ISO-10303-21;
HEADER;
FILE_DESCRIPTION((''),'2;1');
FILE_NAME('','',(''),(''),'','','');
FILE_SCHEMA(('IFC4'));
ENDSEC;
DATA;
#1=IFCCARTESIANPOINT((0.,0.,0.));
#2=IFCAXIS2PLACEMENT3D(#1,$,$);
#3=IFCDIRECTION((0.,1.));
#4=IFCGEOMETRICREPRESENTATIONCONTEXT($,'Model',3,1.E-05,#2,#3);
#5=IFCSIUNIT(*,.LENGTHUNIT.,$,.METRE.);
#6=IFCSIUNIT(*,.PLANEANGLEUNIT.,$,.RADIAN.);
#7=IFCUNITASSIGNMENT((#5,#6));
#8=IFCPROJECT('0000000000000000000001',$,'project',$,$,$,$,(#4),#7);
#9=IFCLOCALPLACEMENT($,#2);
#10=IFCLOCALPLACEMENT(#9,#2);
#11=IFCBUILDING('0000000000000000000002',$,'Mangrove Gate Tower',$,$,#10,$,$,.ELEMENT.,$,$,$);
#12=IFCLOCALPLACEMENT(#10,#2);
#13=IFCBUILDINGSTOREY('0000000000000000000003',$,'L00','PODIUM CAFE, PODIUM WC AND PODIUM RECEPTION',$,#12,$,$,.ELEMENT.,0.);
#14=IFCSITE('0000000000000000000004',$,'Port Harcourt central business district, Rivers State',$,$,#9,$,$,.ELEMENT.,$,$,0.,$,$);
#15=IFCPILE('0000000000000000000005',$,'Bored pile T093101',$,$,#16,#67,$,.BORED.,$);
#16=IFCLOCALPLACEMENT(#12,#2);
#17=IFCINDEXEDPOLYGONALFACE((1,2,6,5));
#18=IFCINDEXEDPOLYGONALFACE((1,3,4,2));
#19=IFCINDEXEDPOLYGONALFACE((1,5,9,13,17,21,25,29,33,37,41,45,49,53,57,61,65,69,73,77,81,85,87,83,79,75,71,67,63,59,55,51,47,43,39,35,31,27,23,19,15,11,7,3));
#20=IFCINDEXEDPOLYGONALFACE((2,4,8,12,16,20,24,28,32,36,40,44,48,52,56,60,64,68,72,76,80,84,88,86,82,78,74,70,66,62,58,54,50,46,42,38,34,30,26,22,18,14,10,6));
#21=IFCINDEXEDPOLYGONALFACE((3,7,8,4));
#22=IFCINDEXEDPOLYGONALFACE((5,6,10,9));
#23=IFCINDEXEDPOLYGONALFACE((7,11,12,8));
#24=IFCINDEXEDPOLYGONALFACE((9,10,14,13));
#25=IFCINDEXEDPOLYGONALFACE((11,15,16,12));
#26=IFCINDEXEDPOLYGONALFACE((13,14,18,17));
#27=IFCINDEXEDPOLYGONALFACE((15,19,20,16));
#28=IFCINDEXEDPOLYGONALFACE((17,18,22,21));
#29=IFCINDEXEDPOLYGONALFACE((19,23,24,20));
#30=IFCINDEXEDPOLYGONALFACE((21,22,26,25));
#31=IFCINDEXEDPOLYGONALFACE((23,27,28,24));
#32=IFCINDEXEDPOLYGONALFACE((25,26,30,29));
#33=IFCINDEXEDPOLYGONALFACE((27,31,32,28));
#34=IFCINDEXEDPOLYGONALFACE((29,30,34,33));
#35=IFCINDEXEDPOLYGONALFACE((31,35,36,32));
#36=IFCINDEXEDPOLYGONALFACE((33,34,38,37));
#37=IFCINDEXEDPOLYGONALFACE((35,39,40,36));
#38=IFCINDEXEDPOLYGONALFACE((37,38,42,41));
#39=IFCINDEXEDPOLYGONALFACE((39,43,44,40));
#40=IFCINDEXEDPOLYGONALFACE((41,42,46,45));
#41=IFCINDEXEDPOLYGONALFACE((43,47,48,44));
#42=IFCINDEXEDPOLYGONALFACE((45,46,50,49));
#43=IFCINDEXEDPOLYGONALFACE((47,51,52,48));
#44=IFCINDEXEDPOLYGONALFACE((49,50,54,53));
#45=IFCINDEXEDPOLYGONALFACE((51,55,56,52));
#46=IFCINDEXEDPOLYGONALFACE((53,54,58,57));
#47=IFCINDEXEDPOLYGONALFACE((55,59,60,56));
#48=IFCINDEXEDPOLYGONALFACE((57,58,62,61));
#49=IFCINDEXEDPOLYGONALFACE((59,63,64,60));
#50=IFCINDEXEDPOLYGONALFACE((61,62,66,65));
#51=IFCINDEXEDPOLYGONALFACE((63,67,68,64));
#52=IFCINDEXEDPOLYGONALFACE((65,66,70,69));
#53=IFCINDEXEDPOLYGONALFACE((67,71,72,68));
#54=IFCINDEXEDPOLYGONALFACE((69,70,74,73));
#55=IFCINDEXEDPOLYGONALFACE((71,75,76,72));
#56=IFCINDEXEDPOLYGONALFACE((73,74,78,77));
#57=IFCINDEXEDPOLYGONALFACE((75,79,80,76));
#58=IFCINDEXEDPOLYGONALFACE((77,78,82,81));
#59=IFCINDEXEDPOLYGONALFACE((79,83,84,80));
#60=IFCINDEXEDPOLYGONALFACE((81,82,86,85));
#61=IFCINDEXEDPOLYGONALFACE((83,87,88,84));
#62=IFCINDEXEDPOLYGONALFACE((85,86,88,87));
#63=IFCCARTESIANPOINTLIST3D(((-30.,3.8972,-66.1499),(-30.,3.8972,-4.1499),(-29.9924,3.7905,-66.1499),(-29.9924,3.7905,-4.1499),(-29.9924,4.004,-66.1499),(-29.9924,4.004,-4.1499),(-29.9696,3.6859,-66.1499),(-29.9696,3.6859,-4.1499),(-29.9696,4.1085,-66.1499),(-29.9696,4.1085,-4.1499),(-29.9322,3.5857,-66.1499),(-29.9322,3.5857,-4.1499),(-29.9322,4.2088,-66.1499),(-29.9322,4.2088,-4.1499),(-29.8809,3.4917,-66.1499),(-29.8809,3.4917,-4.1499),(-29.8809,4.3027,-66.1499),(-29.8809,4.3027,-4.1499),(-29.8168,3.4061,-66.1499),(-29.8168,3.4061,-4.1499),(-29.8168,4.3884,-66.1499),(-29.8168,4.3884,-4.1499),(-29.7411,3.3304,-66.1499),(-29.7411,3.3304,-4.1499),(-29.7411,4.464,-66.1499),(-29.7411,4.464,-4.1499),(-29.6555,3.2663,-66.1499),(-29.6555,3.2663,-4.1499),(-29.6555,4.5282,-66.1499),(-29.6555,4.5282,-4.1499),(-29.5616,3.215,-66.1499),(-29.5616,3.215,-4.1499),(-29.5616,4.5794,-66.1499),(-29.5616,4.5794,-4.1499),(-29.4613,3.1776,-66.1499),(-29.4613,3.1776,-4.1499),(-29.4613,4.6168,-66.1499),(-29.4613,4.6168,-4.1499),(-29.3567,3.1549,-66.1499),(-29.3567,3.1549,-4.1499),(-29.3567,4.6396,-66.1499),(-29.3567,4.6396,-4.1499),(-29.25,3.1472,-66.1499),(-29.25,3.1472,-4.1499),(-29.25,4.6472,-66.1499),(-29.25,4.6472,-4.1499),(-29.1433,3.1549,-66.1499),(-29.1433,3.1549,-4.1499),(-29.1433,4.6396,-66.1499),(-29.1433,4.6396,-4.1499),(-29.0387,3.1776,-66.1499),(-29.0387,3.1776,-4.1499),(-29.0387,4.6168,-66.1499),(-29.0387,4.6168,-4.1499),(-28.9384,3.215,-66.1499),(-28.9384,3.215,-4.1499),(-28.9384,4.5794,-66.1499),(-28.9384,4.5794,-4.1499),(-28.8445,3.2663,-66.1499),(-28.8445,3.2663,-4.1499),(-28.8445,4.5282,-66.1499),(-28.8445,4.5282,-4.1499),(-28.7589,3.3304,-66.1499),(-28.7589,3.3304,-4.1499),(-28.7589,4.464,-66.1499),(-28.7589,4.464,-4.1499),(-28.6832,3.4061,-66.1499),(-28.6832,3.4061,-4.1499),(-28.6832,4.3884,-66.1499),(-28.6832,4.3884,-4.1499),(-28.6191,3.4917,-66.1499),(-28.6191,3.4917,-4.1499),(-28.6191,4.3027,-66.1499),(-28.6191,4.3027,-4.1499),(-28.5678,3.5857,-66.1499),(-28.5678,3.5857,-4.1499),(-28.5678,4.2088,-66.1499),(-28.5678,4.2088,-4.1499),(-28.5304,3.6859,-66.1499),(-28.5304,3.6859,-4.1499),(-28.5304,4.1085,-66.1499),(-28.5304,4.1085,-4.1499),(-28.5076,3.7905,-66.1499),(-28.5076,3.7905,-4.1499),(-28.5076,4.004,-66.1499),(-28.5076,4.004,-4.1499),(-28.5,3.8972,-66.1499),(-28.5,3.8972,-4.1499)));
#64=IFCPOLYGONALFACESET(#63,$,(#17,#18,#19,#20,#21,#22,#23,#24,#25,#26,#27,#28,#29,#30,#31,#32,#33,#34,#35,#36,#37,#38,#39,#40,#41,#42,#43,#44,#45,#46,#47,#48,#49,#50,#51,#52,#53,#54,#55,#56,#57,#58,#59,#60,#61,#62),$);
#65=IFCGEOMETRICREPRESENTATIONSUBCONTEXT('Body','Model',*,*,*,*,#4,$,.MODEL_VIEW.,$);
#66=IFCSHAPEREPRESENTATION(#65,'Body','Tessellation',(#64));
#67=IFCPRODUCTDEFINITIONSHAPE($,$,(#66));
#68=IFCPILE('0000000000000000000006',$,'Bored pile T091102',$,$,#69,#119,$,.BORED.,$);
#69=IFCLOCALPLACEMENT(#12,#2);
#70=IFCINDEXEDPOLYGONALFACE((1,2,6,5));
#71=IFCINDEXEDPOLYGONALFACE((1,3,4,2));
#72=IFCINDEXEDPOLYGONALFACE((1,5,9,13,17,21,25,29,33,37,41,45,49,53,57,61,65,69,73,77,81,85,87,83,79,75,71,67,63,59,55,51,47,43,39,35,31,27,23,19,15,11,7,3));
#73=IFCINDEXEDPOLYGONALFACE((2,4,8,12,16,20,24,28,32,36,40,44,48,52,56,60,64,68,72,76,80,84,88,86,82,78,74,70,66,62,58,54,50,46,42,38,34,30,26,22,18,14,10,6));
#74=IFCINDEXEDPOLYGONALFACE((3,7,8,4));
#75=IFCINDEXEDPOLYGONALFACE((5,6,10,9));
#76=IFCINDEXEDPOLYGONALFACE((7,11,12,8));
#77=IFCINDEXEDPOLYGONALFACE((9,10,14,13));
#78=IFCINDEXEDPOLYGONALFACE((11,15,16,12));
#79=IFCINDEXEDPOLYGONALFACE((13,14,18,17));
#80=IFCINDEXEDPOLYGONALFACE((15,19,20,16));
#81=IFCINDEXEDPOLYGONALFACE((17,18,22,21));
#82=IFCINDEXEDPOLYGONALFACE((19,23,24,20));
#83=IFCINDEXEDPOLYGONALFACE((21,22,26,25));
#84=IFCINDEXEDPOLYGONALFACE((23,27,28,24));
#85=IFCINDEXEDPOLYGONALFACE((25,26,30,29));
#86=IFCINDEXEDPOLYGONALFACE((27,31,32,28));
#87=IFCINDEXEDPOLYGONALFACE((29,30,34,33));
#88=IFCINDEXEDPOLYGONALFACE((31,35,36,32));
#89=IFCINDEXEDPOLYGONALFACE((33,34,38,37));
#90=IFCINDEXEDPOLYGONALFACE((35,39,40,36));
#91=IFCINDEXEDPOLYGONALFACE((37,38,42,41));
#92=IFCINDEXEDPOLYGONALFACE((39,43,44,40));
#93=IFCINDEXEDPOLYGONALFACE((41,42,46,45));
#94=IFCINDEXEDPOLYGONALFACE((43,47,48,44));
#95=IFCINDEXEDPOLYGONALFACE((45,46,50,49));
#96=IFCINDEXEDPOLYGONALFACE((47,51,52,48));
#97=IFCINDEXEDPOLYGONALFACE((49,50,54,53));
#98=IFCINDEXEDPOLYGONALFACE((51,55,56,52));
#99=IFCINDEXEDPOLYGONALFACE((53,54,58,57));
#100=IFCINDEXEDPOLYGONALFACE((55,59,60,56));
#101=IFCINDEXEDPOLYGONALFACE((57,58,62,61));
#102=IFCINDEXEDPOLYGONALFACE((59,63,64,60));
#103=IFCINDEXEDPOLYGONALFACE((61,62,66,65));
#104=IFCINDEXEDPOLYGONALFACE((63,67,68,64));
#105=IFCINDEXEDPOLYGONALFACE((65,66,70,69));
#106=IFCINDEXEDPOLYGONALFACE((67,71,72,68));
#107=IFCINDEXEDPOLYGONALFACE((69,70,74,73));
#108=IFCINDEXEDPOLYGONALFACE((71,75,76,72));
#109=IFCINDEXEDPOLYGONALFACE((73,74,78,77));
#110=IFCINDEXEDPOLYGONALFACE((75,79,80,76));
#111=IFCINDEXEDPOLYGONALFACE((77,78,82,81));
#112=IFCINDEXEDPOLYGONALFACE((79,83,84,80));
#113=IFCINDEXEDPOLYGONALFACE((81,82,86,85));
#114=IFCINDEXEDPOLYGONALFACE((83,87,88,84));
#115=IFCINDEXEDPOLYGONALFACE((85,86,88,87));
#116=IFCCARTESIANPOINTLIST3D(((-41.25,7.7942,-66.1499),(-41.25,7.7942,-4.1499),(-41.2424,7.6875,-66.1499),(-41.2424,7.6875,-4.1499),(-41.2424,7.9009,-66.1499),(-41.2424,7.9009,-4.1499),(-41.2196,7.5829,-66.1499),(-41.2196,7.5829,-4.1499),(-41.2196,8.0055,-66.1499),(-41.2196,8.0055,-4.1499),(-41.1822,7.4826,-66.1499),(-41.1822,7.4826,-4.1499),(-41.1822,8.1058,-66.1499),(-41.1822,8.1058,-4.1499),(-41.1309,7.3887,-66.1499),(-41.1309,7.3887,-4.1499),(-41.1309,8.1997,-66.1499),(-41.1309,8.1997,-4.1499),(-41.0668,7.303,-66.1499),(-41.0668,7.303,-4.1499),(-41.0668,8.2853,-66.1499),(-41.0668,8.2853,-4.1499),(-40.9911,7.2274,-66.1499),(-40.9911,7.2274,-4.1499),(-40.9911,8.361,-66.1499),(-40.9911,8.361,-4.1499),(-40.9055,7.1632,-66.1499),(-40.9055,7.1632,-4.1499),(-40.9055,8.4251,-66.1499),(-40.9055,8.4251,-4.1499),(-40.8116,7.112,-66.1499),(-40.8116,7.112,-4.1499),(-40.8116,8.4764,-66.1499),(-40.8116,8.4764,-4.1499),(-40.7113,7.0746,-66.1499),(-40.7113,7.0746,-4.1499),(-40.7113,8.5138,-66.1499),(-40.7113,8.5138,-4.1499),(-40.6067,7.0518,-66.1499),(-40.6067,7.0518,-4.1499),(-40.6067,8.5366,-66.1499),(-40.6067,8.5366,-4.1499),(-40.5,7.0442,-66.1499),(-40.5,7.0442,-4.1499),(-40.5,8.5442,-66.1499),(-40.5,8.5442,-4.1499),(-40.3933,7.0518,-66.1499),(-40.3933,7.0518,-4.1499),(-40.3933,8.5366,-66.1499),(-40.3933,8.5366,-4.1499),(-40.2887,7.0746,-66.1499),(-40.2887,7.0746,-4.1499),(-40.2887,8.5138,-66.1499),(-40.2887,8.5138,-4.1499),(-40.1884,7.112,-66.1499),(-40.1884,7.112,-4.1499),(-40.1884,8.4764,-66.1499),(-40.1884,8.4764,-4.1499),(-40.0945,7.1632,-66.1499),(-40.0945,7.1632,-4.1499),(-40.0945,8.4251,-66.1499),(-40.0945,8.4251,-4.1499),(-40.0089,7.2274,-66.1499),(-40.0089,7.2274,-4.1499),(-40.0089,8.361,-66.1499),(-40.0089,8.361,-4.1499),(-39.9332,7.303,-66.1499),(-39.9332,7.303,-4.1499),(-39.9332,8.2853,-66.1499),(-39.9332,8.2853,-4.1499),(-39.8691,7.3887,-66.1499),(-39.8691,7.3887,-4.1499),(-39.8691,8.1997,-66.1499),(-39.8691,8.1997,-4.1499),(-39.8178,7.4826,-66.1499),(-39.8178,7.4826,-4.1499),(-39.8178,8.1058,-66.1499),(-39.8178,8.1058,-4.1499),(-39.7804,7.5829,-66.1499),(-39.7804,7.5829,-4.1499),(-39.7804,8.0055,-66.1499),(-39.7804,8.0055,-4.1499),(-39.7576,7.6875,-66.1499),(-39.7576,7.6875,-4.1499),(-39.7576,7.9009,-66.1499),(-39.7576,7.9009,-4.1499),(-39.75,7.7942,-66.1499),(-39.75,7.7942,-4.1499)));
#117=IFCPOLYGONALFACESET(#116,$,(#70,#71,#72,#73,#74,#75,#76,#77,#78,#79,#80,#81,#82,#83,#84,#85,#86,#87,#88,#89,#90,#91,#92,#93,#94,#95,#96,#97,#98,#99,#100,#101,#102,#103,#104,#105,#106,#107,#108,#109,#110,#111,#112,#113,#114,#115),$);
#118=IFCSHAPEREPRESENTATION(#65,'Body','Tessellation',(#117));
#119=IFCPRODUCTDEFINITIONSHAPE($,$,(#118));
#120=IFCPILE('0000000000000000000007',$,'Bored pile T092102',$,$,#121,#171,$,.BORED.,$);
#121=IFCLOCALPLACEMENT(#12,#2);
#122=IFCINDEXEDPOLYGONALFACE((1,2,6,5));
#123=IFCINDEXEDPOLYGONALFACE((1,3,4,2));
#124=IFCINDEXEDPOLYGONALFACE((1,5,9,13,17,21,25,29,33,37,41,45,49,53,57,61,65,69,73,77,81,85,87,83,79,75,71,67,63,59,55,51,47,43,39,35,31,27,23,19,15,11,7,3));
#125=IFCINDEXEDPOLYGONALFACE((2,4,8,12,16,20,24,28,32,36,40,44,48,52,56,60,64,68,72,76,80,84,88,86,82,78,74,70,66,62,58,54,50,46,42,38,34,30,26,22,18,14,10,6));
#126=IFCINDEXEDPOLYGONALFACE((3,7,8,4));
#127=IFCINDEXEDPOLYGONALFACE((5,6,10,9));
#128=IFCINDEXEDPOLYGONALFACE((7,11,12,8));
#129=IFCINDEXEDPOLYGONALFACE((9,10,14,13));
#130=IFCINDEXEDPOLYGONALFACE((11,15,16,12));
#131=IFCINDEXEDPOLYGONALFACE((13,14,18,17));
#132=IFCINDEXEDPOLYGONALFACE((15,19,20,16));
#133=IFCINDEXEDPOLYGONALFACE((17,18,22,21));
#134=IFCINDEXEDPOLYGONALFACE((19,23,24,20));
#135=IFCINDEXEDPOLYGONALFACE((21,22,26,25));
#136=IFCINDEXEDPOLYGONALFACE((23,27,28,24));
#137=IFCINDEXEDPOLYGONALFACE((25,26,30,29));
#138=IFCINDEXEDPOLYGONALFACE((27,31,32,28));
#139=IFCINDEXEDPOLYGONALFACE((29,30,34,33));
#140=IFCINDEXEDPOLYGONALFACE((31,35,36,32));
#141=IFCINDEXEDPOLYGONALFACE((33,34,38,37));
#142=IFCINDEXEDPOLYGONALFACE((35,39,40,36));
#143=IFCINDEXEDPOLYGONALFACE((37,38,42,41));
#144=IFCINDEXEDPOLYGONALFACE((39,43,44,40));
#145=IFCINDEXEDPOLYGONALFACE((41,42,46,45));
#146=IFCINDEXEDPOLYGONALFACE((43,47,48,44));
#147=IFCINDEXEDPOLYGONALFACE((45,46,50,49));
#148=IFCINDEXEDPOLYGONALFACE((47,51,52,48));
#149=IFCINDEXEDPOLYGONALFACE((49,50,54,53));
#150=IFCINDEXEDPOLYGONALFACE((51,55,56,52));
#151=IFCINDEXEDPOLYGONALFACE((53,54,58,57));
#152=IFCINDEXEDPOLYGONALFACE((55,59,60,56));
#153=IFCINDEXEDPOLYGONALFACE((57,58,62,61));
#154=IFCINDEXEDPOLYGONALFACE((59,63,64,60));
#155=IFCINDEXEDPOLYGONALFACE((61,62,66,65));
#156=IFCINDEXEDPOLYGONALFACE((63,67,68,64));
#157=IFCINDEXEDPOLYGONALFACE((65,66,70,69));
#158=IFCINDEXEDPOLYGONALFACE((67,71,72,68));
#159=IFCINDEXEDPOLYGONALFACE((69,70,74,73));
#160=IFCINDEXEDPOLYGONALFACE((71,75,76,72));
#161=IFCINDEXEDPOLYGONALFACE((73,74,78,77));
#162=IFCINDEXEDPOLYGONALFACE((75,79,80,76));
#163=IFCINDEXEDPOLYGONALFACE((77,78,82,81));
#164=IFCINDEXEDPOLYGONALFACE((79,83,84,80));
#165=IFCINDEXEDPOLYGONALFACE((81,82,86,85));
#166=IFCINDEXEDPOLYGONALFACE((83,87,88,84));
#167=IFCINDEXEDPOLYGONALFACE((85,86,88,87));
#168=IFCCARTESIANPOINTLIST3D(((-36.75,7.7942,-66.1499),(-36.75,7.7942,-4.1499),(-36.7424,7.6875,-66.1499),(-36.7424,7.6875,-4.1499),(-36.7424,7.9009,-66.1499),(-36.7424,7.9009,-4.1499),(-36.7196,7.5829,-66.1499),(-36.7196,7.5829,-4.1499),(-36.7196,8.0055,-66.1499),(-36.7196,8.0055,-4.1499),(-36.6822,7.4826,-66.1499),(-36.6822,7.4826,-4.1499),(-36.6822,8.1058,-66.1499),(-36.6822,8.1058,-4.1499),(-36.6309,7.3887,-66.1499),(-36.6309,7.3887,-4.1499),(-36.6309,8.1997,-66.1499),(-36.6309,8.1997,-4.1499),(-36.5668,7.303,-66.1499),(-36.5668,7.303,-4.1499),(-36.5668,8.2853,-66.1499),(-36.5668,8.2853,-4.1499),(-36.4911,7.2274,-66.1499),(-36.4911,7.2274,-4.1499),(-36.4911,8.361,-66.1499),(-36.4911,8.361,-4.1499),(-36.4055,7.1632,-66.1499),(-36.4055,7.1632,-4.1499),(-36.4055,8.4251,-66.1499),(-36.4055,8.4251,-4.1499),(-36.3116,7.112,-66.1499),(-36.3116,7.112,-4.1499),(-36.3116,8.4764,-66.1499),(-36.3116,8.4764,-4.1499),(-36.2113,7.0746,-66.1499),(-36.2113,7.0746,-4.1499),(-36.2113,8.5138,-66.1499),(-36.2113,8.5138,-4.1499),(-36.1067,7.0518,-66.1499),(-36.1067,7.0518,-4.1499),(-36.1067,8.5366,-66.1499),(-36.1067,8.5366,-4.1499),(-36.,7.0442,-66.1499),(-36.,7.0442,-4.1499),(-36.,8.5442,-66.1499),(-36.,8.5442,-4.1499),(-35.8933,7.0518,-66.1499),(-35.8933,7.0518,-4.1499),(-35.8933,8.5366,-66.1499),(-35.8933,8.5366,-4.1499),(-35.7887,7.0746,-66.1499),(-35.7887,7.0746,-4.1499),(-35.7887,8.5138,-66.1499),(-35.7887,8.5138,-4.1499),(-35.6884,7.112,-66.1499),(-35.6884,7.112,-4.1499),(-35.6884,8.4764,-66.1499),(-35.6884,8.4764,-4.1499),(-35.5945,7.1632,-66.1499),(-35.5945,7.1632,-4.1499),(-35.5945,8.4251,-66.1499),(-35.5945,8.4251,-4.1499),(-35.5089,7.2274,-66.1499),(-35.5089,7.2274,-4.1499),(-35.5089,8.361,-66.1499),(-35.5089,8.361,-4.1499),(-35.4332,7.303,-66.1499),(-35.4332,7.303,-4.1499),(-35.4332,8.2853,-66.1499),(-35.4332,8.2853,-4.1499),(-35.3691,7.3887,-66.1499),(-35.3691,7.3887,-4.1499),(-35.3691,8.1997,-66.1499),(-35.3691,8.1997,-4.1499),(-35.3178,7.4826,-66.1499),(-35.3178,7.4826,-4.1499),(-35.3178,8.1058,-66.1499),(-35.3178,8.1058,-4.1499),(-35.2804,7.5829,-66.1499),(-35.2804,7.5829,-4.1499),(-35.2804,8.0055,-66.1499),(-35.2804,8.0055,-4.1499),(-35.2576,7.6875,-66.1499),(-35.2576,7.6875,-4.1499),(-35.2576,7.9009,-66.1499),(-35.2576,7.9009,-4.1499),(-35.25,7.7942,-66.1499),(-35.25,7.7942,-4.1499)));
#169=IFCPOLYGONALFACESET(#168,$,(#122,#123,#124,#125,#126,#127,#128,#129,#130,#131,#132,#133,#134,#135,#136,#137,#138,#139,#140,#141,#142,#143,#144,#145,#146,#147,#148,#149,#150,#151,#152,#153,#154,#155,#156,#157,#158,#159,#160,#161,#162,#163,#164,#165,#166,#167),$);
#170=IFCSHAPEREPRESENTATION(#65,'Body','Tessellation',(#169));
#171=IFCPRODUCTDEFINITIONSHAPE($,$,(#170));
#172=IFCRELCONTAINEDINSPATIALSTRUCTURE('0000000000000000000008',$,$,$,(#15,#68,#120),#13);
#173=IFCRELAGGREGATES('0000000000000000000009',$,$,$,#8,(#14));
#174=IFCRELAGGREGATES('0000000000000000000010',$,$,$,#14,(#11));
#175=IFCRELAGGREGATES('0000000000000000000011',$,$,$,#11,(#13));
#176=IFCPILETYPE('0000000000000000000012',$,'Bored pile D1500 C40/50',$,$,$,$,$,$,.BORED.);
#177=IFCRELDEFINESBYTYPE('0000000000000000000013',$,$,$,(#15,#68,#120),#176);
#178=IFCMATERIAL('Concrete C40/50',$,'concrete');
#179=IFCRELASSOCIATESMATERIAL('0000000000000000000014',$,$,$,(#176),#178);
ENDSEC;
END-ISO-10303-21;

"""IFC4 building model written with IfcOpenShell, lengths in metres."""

from ifc_helpers import new_model, si_unit, direction, frame, origin, origin_2d, place, context, subcontext, project, spatial, circle, extrude, material, material_profile, profile_set, type_object, element, save


model = new_model("IFC4")

# Units and contexts
model_context = context("Model", 3, precision=1e-05, world=origin(), true_north=direction((0.0, 1.0)))
body_context = subcontext(model_context, "Body", "Model", "MODEL_VIEW")
ifc_project = project(units=[si_unit("LENGTHUNIT", "METRE"), si_unit("PLANEANGLEUNIT", "RADIAN")], contexts=[model_context])

# Site, building, storey
site_placement = place(None, origin())
site = spatial("IfcSite", under=ifc_project, at=site_placement, Name="Port Harcourt central business district, Rivers State", CompositionType="ELEMENT", RefElevation=0.0)
building_placement = place(site_placement, origin())
building = spatial("IfcBuilding", under=site, at=building_placement, Name="Mangrove Gate Tower", CompositionType="ELEMENT")
storey_placement = place(building_placement, origin())
storey = spatial("IfcBuildingStorey", under=building, at=storey_placement, Name="L00", Description="PODIUM CAFE, PODIUM WC AND PODIUM RECEPTION", CompositionType="ELEMENT", Elevation=0.0)

# Piles
ifc_material_1 = material(Name="Concrete C40/50", Category="concrete")
ifc_material_profile_1 = material_profile(ifc_material_1, circle(Radius=0.75, at=origin_2d()))
ifc_profile_set_1 = profile_set([ifc_material_profile_1], Name="Concrete C40/50")
pile_type = type_object("IfcPileType", Name="Bored pile D1500 C40/50", PredefinedType="BORED", material=ifc_profile_set_1)
for number, where, z_axis, x_axis, name in (
    (1, (-29.25, 3.8972, -4.1499), (0.0, 0.0, -1.0), (1.0, 0.0, 0.0), "Bored pile T093101"),
    (2, (-40.5, 7.7942, -4.1499), (0.0, 0.0, -1.0), (1.0, 0.0, 0.0), "Bored pile T091102"),
    (3, (-36.0, 7.7942, -4.1499), (0.0, 0.0, -1.0), (1.0, 0.0, 0.0), "Bored pile T092102"),
):
    element("IfcPile", number, at=place(storey_placement, frame(where, z_axis=z_axis, x_axis=x_axis)), inside=storey, type_object=pile_type, Name=name, PredefinedType="BORED", context=body_context, shape_type="SweptSolid", body=[
        extrude(circle(Radius=0.75, at=origin_2d()), origin(), (0.0, 0.0, 1.0), 62.0),
    ])

save(model, "model.ifc")
